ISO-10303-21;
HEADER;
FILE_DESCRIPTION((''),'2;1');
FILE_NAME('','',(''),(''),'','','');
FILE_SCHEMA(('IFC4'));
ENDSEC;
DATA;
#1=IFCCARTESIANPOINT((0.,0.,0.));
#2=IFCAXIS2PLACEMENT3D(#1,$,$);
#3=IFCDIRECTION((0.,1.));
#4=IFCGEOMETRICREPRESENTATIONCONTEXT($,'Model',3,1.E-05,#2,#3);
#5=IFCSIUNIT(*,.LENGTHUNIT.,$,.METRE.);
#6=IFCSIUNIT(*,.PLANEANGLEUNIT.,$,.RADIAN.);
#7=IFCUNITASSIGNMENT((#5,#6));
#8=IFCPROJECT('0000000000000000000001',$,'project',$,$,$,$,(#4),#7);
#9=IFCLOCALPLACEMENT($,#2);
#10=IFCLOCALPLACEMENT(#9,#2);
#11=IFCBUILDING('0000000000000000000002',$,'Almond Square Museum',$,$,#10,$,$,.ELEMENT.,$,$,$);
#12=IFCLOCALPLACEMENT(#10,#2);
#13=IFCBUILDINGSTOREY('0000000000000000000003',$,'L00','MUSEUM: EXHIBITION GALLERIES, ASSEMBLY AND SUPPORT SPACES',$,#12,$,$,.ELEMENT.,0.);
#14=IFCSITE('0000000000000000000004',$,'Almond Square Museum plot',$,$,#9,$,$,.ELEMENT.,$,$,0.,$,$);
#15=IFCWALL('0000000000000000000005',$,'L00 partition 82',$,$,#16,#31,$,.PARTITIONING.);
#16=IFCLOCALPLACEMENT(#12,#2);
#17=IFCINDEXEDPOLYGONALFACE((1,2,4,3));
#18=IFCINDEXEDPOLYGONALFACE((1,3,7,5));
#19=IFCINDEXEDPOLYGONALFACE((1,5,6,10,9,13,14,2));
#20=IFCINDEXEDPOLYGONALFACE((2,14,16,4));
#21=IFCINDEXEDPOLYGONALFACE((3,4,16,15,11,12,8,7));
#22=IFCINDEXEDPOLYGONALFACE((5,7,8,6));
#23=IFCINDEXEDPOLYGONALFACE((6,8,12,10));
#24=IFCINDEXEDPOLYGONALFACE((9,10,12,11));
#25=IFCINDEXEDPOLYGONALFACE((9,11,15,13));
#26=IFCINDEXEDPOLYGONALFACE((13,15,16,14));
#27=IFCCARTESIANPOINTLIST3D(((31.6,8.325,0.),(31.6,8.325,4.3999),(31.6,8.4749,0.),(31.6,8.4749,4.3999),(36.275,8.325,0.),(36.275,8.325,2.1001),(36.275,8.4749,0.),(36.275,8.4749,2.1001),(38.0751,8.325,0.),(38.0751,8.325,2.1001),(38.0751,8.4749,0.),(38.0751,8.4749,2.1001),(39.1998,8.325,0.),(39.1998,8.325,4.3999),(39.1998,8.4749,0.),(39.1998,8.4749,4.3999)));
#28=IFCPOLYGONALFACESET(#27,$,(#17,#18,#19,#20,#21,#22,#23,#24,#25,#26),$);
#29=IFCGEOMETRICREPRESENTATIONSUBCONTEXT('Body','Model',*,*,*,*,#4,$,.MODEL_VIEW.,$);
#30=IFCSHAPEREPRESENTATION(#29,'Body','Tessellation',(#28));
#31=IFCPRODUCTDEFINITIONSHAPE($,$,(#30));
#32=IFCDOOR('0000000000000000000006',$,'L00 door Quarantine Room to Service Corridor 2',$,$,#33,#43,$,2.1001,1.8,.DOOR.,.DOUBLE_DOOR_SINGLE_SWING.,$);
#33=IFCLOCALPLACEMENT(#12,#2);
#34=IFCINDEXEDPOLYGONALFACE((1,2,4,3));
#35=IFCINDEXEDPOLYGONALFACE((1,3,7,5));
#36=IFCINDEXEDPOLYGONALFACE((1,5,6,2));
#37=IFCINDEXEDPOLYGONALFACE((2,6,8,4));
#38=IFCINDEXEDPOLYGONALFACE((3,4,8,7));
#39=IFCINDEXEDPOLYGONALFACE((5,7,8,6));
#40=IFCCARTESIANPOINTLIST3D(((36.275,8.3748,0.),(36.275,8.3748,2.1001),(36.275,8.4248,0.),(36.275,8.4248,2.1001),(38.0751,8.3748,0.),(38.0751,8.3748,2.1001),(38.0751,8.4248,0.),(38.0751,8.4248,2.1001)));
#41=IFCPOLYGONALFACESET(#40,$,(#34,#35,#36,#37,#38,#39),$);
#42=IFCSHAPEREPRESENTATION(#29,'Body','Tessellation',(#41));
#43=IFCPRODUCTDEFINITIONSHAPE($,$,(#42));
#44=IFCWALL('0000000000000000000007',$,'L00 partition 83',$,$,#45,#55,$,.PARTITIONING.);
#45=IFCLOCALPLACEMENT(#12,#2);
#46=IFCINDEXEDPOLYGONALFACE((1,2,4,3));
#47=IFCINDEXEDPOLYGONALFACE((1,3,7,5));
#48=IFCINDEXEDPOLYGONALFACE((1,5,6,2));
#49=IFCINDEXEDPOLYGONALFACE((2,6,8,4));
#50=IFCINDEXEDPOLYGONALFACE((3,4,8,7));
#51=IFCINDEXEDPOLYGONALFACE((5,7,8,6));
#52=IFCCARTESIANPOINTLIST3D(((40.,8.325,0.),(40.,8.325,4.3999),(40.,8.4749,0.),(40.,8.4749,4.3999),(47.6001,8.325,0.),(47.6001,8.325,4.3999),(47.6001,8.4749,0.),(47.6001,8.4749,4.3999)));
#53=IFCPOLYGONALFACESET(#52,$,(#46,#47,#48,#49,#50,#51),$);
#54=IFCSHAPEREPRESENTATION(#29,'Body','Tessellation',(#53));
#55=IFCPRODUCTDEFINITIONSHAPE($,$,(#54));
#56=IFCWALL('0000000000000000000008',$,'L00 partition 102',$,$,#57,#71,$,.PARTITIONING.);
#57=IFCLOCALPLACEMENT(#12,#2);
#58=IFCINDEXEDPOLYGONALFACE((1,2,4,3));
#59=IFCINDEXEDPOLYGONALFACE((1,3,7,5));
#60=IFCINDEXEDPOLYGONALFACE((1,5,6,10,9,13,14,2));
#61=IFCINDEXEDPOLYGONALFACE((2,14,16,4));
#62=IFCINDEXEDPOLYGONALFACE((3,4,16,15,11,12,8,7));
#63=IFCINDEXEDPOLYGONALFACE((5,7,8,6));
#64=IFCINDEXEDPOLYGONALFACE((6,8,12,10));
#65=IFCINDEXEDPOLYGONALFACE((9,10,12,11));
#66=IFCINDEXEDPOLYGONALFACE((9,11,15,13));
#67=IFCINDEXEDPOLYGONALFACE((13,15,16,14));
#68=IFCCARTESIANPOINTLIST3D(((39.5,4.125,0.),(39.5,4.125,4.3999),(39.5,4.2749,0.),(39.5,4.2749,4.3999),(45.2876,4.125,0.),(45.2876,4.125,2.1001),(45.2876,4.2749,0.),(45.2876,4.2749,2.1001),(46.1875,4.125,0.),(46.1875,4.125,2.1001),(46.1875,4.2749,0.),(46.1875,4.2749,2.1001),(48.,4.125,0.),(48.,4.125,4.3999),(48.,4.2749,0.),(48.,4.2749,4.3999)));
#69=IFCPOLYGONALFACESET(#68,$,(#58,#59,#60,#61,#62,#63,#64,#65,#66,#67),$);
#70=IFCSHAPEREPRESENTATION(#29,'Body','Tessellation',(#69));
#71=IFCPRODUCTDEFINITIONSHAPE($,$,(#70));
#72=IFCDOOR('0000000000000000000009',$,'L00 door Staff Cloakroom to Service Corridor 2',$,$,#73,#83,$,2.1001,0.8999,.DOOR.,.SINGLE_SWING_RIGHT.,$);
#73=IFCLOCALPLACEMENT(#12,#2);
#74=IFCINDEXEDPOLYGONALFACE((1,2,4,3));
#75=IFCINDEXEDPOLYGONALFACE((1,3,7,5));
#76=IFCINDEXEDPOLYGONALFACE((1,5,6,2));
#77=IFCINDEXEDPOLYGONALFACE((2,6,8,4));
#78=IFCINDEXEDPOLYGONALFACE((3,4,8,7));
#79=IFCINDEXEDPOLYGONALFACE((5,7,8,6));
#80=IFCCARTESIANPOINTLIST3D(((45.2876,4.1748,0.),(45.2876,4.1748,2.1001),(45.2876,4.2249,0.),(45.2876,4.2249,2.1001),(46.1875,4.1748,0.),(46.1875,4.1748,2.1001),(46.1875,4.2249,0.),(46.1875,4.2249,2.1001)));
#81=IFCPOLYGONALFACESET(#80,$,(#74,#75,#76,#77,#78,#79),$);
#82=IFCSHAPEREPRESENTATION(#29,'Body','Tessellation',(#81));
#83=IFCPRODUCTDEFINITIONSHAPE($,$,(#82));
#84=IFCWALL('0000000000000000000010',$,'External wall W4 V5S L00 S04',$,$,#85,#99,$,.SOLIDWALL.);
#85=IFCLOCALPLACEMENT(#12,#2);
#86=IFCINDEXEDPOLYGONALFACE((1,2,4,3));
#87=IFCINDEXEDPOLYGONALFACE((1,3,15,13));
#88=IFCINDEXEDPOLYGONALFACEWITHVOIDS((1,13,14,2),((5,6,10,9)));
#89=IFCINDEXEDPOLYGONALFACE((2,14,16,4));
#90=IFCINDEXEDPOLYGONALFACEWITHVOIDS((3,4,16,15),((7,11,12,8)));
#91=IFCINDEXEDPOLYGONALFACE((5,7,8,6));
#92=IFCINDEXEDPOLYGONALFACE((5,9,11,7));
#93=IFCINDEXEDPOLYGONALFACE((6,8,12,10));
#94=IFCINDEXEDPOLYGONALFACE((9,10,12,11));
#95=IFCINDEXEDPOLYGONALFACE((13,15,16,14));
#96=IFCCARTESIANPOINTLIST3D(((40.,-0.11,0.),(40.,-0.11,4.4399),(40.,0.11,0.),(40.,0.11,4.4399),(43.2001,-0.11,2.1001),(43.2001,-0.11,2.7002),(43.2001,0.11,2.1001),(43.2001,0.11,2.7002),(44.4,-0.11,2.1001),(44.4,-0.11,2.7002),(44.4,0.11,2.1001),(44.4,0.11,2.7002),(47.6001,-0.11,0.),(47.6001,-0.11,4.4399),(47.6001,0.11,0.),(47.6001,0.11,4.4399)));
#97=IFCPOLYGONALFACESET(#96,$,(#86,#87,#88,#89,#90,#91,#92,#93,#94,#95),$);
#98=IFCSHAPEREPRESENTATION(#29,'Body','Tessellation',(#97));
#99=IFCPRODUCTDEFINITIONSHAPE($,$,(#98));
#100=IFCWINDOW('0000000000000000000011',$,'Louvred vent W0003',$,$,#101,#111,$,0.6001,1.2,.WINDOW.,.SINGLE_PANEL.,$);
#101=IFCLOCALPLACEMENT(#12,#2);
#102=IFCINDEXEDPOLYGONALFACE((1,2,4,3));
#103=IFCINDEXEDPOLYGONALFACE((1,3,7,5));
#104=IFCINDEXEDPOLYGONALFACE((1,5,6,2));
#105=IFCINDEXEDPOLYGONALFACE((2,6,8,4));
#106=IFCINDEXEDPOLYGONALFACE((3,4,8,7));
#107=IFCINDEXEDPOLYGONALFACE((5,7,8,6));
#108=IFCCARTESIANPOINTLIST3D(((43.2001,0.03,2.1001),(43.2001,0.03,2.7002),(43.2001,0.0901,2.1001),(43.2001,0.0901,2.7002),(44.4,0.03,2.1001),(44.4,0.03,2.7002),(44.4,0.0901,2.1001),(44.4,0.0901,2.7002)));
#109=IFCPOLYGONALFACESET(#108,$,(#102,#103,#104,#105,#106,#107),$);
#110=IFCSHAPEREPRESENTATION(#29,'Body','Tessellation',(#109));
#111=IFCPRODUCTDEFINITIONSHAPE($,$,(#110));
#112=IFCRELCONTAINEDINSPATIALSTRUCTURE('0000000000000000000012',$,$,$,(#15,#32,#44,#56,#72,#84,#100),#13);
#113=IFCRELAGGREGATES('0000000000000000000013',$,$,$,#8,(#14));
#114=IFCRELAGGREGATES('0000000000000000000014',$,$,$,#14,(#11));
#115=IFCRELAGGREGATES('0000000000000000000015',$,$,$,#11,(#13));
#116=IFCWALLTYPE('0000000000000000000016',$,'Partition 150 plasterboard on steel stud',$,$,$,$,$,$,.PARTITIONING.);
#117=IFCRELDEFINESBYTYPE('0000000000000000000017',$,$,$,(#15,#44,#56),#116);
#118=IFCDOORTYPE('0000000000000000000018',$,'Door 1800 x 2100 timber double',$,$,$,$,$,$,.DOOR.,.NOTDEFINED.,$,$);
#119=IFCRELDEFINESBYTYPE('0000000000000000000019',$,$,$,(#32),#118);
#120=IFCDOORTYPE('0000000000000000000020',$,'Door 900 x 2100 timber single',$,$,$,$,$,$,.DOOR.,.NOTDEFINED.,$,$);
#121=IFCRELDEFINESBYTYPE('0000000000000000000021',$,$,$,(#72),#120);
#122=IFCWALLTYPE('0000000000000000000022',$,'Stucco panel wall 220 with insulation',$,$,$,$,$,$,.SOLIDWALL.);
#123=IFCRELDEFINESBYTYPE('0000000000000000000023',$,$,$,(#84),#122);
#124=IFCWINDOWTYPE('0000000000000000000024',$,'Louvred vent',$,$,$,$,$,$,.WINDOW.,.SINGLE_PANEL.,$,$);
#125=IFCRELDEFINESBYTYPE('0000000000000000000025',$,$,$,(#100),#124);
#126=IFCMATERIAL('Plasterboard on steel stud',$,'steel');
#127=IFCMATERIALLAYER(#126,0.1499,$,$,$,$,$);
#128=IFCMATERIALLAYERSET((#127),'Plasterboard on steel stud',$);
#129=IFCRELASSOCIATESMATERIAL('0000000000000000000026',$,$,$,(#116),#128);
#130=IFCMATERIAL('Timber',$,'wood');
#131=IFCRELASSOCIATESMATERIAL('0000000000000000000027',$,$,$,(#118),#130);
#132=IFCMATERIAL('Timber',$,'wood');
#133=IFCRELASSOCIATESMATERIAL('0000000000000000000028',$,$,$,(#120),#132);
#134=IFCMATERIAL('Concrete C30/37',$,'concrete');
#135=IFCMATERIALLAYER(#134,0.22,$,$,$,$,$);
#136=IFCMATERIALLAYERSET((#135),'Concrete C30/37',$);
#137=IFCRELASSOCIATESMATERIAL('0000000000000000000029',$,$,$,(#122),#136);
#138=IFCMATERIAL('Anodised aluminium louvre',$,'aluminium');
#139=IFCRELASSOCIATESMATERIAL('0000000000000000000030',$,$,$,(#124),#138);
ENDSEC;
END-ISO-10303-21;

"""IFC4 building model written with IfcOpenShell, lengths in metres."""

from ifc_helpers import new_model, si_unit, direction, frame, frame_2d, origin, place, context, subcontext, project, spatial, rectangle, extrude, material, layer, layer_set, type_object, element, fill, save


model = new_model("IFC4")

# Units and contexts
model_context = context("Model", 3, precision=1e-05, world=origin(), true_north=direction((0.0, 1.0)))
body_context = subcontext(model_context, "Body", "Model", "MODEL_VIEW")
ifc_project = project(units=[si_unit("LENGTHUNIT", "METRE"), si_unit("PLANEANGLEUNIT", "RADIAN")], contexts=[model_context])

# Site, building, storey
site_placement = place(None, origin())
site = spatial("IfcSite", under=ifc_project, at=site_placement, Name="Almond Square Museum plot", CompositionType="ELEMENT", RefElevation=0.0)
building_placement = place(site_placement, origin())
building = spatial("IfcBuilding", under=site, at=building_placement, Name="Almond Square Museum", CompositionType="ELEMENT")
storey_placement = place(building_placement, origin())
storey = spatial("IfcBuildingStorey", under=building, at=storey_placement, Name="L00", Description="MUSEUM: EXHIBITION GALLERIES, ASSEMBLY AND SUPPORT SPACES", CompositionType="ELEMENT", Elevation=0.0)

# Wall, opening, door
ifc_material_1 = material(Name="Plasterboard on steel stud", Category="steel")
ifc_layer_1 = layer(ifc_material_1, 0.1499)
ifc_layer_set_1 = layer_set([ifc_layer_1], Name="Plasterboard on steel stud")
wall_type_1 = type_object("IfcWallType", Name="Partition 150 plasterboard on steel stud", PredefinedType="PARTITIONING", material=ifc_layer_set_1)
wall_1_placement = place(storey_placement, frame((31.6001, 8.3999, 0.0), z_axis=(0.0, 0.0, 1.0), x_axis=(1.0, 0.0, 0.0)))
wall_1 = element("IfcWall", 1, at=wall_1_placement, inside=storey, type_object=wall_type_1, Name="L00 partition 82", PredefinedType="PARTITIONING", context=body_context, shape_type="SweptSolid", body=[
    extrude(rectangle(XDim=7.5999, YDim=0.1499, at=frame_2d((3.7998, 0.0))), origin(), (0.0, 0.0, 1.0), 4.3999),
])
opening_1_placement = place(wall_1_placement, frame((4.675, 0.0, 0.0)))
opening_1 = element("IfcOpeningElement", 2, at=opening_1_placement, cuts=wall_1, PredefinedType="OPENING", context=body_context, shape_type="SweptSolid", body=[
    extrude(rectangle(XDim=1.8, YDim=2.1001, at=frame_2d((0.8999, 1.05))), frame((0.0, 0.085, 0.0), z_axis=(0.0, -1.0, 0.0), x_axis=(1.0, 0.0, 0.0)), (0.0, 0.0, 1.0), 0.1699),
])
ifc_material_2 = material(Name="Timber", Category="wood")
door_type_1 = type_object("IfcDoorType", Name="Door 1800 x 2100 timber double", OperationType="NOTDEFINED", PredefinedType="DOOR", material=ifc_material_2)
door_1_placement = place(opening_1_placement, origin())
door_1 = element("IfcDoor", 3, at=door_1_placement, inside=storey, type_object=door_type_1, Name="L00 door Quarantine Room to Service Corridor 2", OperationType="DOUBLE_DOOR_SINGLE_SWING", OverallHeight=2.1001, OverallWidth=1.8, PredefinedType="DOOR", context=body_context, shape_type="SweptSolid", body=[
    extrude(rectangle(XDim=1.8, YDim=2.1001, at=frame_2d((0.8999, 1.05))), frame((0.0, 0.0249, 0.0), z_axis=(0.0, -1.0, 0.0), x_axis=(1.0, 0.0, 0.0)), (0.0, 0.0, 1.0), 0.05),
])
fill(opening_1, door_1)

# Wall
wall_2_placement = place(storey_placement, frame((40.0, 8.3999, 0.0), z_axis=(0.0, 0.0, 1.0), x_axis=(1.0, 0.0, 0.0)))
element("IfcWall", 4, at=wall_2_placement, inside=storey, type_object=wall_type_1, Name="L00 partition 83", PredefinedType="PARTITIONING", context=body_context, shape_type="SweptSolid", body=[
    extrude(rectangle(XDim=7.6001, YDim=0.1499, at=frame_2d((3.8, 0.0))), origin(), (0.0, 0.0, 1.0), 4.3999),
])

# Wall, opening, door
wall_3_placement = place(storey_placement, frame((39.5, 4.2, 0.0), z_axis=(0.0, 0.0, 1.0), x_axis=(1.0, 0.0, 0.0)))
wall_3 = element("IfcWall", 5, at=wall_3_placement, inside=storey, type_object=wall_type_1, Name="L00 partition 102", PredefinedType="PARTITIONING", context=body_context, shape_type="SweptSolid", body=[
    extrude(rectangle(XDim=8.5, YDim=0.1499, at=frame_2d((4.25, 0.0))), origin(), (0.0, 0.0, 1.0), 4.3999),
])
opening_2_placement = place(wall_3_placement, frame((5.7876, 0.0, 0.0)))
opening_2 = element("IfcOpeningElement", 6, at=opening_2_placement, cuts=wall_3, PredefinedType="OPENING", context=body_context, shape_type="SweptSolid", body=[
    extrude(rectangle(XDim=0.8999, YDim=2.1001, at=frame_2d((0.45, 1.05))), frame((0.0, 0.085, 0.0), z_axis=(0.0, -1.0, 0.0), x_axis=(1.0, 0.0, 0.0)), (0.0, 0.0, 1.0), 0.1699),
])
ifc_material_3 = material(Name="Timber", Category="wood")
door_type_2 = type_object("IfcDoorType", Name="Door 900 x 2100 timber single", OperationType="NOTDEFINED", PredefinedType="DOOR", material=ifc_material_3)
door_2_placement = place(opening_2_placement, origin())
door_2 = element("IfcDoor", 7, at=door_2_placement, inside=storey, type_object=door_type_2, Name="L00 door Staff Cloakroom to Service Corridor 2", OperationType="SINGLE_SWING_RIGHT", OverallHeight=2.1001, OverallWidth=0.8999, PredefinedType="DOOR", context=body_context, shape_type="SweptSolid", body=[
    extrude(rectangle(XDim=0.8999, YDim=2.1001, at=frame_2d((0.45, 1.05))), frame((0.0, 0.0249, 0.0), z_axis=(0.0, -1.0, 0.0), x_axis=(1.0, 0.0, 0.0)), (0.0, 0.0, 1.0), 0.05),
])
fill(opening_2, door_2)

# Wall, opening, window
ifc_material_4 = material(Name="Concrete C30/37", Category="concrete")
ifc_layer_2 = layer(ifc_material_4, 0.22)
ifc_layer_set_2 = layer_set([ifc_layer_2], Name="Concrete C30/37")
wall_type_2 = type_object("IfcWallType", Name="Stucco panel wall 220 with insulation", PredefinedType="SOLIDWALL", material=ifc_layer_set_2)
wall_4_placement = place(storey_placement, frame((40.0, 0.0, 0.0), z_axis=(0.0, 0.0, 1.0), x_axis=(1.0, 0.0, 0.0)))
wall_4 = element("IfcWall", 8, at=wall_4_placement, inside=storey, type_object=wall_type_2, Name="External wall W4 V5S L00 S04", PredefinedType="SOLIDWALL", context=body_context, shape_type="SweptSolid", body=[
    extrude(rectangle(XDim=7.6001, YDim=0.22, at=frame_2d((3.8, 0.0))), origin(), (0.0, 0.0, 1.0), 4.4399),
])
opening_3_placement = place(wall_4_placement, frame((3.2, 0.0, 2.1001)))
opening_3 = element("IfcOpeningElement", 9, at=opening_3_placement, cuts=wall_4, PredefinedType="OPENING", context=body_context, shape_type="SweptSolid", body=[
    extrude(rectangle(XDim=1.2, YDim=0.6001, at=frame_2d((0.6001, 0.3))), frame((0.0, 0.1199, 0.0), z_axis=(0.0, -1.0, 0.0), x_axis=(1.0, 0.0, 0.0)), (0.0, 0.0, 1.0), 0.24),
])
ifc_material_5 = material(Name="Anodised aluminium louvre", Category="aluminium")
window_type = type_object("IfcWindowType", Name="Louvred vent", PartitioningType="SINGLE_PANEL", PredefinedType="WINDOW", material=ifc_material_5)
window_placement = place(opening_3_placement, origin())
window = element("IfcWindow", 10, at=window_placement, inside=storey, type_object=window_type, Name="Louvred vent W0003", OverallHeight=0.6001, OverallWidth=1.2, PartitioningType="SINGLE_PANEL", PredefinedType="WINDOW", context=body_context, shape_type="SweptSolid", body=[
    extrude(rectangle(XDim=1.2, YDim=0.6001, at=frame_2d((0.6001, 0.3))), frame((0.0, 0.0901, 0.0), z_axis=(0.0, -1.0, 0.0), x_axis=(1.0, 0.0, 0.0)), (0.0, 0.0, 1.0), 0.0601),
])
fill(opening_3, window)

save(model, "model.ifc")
